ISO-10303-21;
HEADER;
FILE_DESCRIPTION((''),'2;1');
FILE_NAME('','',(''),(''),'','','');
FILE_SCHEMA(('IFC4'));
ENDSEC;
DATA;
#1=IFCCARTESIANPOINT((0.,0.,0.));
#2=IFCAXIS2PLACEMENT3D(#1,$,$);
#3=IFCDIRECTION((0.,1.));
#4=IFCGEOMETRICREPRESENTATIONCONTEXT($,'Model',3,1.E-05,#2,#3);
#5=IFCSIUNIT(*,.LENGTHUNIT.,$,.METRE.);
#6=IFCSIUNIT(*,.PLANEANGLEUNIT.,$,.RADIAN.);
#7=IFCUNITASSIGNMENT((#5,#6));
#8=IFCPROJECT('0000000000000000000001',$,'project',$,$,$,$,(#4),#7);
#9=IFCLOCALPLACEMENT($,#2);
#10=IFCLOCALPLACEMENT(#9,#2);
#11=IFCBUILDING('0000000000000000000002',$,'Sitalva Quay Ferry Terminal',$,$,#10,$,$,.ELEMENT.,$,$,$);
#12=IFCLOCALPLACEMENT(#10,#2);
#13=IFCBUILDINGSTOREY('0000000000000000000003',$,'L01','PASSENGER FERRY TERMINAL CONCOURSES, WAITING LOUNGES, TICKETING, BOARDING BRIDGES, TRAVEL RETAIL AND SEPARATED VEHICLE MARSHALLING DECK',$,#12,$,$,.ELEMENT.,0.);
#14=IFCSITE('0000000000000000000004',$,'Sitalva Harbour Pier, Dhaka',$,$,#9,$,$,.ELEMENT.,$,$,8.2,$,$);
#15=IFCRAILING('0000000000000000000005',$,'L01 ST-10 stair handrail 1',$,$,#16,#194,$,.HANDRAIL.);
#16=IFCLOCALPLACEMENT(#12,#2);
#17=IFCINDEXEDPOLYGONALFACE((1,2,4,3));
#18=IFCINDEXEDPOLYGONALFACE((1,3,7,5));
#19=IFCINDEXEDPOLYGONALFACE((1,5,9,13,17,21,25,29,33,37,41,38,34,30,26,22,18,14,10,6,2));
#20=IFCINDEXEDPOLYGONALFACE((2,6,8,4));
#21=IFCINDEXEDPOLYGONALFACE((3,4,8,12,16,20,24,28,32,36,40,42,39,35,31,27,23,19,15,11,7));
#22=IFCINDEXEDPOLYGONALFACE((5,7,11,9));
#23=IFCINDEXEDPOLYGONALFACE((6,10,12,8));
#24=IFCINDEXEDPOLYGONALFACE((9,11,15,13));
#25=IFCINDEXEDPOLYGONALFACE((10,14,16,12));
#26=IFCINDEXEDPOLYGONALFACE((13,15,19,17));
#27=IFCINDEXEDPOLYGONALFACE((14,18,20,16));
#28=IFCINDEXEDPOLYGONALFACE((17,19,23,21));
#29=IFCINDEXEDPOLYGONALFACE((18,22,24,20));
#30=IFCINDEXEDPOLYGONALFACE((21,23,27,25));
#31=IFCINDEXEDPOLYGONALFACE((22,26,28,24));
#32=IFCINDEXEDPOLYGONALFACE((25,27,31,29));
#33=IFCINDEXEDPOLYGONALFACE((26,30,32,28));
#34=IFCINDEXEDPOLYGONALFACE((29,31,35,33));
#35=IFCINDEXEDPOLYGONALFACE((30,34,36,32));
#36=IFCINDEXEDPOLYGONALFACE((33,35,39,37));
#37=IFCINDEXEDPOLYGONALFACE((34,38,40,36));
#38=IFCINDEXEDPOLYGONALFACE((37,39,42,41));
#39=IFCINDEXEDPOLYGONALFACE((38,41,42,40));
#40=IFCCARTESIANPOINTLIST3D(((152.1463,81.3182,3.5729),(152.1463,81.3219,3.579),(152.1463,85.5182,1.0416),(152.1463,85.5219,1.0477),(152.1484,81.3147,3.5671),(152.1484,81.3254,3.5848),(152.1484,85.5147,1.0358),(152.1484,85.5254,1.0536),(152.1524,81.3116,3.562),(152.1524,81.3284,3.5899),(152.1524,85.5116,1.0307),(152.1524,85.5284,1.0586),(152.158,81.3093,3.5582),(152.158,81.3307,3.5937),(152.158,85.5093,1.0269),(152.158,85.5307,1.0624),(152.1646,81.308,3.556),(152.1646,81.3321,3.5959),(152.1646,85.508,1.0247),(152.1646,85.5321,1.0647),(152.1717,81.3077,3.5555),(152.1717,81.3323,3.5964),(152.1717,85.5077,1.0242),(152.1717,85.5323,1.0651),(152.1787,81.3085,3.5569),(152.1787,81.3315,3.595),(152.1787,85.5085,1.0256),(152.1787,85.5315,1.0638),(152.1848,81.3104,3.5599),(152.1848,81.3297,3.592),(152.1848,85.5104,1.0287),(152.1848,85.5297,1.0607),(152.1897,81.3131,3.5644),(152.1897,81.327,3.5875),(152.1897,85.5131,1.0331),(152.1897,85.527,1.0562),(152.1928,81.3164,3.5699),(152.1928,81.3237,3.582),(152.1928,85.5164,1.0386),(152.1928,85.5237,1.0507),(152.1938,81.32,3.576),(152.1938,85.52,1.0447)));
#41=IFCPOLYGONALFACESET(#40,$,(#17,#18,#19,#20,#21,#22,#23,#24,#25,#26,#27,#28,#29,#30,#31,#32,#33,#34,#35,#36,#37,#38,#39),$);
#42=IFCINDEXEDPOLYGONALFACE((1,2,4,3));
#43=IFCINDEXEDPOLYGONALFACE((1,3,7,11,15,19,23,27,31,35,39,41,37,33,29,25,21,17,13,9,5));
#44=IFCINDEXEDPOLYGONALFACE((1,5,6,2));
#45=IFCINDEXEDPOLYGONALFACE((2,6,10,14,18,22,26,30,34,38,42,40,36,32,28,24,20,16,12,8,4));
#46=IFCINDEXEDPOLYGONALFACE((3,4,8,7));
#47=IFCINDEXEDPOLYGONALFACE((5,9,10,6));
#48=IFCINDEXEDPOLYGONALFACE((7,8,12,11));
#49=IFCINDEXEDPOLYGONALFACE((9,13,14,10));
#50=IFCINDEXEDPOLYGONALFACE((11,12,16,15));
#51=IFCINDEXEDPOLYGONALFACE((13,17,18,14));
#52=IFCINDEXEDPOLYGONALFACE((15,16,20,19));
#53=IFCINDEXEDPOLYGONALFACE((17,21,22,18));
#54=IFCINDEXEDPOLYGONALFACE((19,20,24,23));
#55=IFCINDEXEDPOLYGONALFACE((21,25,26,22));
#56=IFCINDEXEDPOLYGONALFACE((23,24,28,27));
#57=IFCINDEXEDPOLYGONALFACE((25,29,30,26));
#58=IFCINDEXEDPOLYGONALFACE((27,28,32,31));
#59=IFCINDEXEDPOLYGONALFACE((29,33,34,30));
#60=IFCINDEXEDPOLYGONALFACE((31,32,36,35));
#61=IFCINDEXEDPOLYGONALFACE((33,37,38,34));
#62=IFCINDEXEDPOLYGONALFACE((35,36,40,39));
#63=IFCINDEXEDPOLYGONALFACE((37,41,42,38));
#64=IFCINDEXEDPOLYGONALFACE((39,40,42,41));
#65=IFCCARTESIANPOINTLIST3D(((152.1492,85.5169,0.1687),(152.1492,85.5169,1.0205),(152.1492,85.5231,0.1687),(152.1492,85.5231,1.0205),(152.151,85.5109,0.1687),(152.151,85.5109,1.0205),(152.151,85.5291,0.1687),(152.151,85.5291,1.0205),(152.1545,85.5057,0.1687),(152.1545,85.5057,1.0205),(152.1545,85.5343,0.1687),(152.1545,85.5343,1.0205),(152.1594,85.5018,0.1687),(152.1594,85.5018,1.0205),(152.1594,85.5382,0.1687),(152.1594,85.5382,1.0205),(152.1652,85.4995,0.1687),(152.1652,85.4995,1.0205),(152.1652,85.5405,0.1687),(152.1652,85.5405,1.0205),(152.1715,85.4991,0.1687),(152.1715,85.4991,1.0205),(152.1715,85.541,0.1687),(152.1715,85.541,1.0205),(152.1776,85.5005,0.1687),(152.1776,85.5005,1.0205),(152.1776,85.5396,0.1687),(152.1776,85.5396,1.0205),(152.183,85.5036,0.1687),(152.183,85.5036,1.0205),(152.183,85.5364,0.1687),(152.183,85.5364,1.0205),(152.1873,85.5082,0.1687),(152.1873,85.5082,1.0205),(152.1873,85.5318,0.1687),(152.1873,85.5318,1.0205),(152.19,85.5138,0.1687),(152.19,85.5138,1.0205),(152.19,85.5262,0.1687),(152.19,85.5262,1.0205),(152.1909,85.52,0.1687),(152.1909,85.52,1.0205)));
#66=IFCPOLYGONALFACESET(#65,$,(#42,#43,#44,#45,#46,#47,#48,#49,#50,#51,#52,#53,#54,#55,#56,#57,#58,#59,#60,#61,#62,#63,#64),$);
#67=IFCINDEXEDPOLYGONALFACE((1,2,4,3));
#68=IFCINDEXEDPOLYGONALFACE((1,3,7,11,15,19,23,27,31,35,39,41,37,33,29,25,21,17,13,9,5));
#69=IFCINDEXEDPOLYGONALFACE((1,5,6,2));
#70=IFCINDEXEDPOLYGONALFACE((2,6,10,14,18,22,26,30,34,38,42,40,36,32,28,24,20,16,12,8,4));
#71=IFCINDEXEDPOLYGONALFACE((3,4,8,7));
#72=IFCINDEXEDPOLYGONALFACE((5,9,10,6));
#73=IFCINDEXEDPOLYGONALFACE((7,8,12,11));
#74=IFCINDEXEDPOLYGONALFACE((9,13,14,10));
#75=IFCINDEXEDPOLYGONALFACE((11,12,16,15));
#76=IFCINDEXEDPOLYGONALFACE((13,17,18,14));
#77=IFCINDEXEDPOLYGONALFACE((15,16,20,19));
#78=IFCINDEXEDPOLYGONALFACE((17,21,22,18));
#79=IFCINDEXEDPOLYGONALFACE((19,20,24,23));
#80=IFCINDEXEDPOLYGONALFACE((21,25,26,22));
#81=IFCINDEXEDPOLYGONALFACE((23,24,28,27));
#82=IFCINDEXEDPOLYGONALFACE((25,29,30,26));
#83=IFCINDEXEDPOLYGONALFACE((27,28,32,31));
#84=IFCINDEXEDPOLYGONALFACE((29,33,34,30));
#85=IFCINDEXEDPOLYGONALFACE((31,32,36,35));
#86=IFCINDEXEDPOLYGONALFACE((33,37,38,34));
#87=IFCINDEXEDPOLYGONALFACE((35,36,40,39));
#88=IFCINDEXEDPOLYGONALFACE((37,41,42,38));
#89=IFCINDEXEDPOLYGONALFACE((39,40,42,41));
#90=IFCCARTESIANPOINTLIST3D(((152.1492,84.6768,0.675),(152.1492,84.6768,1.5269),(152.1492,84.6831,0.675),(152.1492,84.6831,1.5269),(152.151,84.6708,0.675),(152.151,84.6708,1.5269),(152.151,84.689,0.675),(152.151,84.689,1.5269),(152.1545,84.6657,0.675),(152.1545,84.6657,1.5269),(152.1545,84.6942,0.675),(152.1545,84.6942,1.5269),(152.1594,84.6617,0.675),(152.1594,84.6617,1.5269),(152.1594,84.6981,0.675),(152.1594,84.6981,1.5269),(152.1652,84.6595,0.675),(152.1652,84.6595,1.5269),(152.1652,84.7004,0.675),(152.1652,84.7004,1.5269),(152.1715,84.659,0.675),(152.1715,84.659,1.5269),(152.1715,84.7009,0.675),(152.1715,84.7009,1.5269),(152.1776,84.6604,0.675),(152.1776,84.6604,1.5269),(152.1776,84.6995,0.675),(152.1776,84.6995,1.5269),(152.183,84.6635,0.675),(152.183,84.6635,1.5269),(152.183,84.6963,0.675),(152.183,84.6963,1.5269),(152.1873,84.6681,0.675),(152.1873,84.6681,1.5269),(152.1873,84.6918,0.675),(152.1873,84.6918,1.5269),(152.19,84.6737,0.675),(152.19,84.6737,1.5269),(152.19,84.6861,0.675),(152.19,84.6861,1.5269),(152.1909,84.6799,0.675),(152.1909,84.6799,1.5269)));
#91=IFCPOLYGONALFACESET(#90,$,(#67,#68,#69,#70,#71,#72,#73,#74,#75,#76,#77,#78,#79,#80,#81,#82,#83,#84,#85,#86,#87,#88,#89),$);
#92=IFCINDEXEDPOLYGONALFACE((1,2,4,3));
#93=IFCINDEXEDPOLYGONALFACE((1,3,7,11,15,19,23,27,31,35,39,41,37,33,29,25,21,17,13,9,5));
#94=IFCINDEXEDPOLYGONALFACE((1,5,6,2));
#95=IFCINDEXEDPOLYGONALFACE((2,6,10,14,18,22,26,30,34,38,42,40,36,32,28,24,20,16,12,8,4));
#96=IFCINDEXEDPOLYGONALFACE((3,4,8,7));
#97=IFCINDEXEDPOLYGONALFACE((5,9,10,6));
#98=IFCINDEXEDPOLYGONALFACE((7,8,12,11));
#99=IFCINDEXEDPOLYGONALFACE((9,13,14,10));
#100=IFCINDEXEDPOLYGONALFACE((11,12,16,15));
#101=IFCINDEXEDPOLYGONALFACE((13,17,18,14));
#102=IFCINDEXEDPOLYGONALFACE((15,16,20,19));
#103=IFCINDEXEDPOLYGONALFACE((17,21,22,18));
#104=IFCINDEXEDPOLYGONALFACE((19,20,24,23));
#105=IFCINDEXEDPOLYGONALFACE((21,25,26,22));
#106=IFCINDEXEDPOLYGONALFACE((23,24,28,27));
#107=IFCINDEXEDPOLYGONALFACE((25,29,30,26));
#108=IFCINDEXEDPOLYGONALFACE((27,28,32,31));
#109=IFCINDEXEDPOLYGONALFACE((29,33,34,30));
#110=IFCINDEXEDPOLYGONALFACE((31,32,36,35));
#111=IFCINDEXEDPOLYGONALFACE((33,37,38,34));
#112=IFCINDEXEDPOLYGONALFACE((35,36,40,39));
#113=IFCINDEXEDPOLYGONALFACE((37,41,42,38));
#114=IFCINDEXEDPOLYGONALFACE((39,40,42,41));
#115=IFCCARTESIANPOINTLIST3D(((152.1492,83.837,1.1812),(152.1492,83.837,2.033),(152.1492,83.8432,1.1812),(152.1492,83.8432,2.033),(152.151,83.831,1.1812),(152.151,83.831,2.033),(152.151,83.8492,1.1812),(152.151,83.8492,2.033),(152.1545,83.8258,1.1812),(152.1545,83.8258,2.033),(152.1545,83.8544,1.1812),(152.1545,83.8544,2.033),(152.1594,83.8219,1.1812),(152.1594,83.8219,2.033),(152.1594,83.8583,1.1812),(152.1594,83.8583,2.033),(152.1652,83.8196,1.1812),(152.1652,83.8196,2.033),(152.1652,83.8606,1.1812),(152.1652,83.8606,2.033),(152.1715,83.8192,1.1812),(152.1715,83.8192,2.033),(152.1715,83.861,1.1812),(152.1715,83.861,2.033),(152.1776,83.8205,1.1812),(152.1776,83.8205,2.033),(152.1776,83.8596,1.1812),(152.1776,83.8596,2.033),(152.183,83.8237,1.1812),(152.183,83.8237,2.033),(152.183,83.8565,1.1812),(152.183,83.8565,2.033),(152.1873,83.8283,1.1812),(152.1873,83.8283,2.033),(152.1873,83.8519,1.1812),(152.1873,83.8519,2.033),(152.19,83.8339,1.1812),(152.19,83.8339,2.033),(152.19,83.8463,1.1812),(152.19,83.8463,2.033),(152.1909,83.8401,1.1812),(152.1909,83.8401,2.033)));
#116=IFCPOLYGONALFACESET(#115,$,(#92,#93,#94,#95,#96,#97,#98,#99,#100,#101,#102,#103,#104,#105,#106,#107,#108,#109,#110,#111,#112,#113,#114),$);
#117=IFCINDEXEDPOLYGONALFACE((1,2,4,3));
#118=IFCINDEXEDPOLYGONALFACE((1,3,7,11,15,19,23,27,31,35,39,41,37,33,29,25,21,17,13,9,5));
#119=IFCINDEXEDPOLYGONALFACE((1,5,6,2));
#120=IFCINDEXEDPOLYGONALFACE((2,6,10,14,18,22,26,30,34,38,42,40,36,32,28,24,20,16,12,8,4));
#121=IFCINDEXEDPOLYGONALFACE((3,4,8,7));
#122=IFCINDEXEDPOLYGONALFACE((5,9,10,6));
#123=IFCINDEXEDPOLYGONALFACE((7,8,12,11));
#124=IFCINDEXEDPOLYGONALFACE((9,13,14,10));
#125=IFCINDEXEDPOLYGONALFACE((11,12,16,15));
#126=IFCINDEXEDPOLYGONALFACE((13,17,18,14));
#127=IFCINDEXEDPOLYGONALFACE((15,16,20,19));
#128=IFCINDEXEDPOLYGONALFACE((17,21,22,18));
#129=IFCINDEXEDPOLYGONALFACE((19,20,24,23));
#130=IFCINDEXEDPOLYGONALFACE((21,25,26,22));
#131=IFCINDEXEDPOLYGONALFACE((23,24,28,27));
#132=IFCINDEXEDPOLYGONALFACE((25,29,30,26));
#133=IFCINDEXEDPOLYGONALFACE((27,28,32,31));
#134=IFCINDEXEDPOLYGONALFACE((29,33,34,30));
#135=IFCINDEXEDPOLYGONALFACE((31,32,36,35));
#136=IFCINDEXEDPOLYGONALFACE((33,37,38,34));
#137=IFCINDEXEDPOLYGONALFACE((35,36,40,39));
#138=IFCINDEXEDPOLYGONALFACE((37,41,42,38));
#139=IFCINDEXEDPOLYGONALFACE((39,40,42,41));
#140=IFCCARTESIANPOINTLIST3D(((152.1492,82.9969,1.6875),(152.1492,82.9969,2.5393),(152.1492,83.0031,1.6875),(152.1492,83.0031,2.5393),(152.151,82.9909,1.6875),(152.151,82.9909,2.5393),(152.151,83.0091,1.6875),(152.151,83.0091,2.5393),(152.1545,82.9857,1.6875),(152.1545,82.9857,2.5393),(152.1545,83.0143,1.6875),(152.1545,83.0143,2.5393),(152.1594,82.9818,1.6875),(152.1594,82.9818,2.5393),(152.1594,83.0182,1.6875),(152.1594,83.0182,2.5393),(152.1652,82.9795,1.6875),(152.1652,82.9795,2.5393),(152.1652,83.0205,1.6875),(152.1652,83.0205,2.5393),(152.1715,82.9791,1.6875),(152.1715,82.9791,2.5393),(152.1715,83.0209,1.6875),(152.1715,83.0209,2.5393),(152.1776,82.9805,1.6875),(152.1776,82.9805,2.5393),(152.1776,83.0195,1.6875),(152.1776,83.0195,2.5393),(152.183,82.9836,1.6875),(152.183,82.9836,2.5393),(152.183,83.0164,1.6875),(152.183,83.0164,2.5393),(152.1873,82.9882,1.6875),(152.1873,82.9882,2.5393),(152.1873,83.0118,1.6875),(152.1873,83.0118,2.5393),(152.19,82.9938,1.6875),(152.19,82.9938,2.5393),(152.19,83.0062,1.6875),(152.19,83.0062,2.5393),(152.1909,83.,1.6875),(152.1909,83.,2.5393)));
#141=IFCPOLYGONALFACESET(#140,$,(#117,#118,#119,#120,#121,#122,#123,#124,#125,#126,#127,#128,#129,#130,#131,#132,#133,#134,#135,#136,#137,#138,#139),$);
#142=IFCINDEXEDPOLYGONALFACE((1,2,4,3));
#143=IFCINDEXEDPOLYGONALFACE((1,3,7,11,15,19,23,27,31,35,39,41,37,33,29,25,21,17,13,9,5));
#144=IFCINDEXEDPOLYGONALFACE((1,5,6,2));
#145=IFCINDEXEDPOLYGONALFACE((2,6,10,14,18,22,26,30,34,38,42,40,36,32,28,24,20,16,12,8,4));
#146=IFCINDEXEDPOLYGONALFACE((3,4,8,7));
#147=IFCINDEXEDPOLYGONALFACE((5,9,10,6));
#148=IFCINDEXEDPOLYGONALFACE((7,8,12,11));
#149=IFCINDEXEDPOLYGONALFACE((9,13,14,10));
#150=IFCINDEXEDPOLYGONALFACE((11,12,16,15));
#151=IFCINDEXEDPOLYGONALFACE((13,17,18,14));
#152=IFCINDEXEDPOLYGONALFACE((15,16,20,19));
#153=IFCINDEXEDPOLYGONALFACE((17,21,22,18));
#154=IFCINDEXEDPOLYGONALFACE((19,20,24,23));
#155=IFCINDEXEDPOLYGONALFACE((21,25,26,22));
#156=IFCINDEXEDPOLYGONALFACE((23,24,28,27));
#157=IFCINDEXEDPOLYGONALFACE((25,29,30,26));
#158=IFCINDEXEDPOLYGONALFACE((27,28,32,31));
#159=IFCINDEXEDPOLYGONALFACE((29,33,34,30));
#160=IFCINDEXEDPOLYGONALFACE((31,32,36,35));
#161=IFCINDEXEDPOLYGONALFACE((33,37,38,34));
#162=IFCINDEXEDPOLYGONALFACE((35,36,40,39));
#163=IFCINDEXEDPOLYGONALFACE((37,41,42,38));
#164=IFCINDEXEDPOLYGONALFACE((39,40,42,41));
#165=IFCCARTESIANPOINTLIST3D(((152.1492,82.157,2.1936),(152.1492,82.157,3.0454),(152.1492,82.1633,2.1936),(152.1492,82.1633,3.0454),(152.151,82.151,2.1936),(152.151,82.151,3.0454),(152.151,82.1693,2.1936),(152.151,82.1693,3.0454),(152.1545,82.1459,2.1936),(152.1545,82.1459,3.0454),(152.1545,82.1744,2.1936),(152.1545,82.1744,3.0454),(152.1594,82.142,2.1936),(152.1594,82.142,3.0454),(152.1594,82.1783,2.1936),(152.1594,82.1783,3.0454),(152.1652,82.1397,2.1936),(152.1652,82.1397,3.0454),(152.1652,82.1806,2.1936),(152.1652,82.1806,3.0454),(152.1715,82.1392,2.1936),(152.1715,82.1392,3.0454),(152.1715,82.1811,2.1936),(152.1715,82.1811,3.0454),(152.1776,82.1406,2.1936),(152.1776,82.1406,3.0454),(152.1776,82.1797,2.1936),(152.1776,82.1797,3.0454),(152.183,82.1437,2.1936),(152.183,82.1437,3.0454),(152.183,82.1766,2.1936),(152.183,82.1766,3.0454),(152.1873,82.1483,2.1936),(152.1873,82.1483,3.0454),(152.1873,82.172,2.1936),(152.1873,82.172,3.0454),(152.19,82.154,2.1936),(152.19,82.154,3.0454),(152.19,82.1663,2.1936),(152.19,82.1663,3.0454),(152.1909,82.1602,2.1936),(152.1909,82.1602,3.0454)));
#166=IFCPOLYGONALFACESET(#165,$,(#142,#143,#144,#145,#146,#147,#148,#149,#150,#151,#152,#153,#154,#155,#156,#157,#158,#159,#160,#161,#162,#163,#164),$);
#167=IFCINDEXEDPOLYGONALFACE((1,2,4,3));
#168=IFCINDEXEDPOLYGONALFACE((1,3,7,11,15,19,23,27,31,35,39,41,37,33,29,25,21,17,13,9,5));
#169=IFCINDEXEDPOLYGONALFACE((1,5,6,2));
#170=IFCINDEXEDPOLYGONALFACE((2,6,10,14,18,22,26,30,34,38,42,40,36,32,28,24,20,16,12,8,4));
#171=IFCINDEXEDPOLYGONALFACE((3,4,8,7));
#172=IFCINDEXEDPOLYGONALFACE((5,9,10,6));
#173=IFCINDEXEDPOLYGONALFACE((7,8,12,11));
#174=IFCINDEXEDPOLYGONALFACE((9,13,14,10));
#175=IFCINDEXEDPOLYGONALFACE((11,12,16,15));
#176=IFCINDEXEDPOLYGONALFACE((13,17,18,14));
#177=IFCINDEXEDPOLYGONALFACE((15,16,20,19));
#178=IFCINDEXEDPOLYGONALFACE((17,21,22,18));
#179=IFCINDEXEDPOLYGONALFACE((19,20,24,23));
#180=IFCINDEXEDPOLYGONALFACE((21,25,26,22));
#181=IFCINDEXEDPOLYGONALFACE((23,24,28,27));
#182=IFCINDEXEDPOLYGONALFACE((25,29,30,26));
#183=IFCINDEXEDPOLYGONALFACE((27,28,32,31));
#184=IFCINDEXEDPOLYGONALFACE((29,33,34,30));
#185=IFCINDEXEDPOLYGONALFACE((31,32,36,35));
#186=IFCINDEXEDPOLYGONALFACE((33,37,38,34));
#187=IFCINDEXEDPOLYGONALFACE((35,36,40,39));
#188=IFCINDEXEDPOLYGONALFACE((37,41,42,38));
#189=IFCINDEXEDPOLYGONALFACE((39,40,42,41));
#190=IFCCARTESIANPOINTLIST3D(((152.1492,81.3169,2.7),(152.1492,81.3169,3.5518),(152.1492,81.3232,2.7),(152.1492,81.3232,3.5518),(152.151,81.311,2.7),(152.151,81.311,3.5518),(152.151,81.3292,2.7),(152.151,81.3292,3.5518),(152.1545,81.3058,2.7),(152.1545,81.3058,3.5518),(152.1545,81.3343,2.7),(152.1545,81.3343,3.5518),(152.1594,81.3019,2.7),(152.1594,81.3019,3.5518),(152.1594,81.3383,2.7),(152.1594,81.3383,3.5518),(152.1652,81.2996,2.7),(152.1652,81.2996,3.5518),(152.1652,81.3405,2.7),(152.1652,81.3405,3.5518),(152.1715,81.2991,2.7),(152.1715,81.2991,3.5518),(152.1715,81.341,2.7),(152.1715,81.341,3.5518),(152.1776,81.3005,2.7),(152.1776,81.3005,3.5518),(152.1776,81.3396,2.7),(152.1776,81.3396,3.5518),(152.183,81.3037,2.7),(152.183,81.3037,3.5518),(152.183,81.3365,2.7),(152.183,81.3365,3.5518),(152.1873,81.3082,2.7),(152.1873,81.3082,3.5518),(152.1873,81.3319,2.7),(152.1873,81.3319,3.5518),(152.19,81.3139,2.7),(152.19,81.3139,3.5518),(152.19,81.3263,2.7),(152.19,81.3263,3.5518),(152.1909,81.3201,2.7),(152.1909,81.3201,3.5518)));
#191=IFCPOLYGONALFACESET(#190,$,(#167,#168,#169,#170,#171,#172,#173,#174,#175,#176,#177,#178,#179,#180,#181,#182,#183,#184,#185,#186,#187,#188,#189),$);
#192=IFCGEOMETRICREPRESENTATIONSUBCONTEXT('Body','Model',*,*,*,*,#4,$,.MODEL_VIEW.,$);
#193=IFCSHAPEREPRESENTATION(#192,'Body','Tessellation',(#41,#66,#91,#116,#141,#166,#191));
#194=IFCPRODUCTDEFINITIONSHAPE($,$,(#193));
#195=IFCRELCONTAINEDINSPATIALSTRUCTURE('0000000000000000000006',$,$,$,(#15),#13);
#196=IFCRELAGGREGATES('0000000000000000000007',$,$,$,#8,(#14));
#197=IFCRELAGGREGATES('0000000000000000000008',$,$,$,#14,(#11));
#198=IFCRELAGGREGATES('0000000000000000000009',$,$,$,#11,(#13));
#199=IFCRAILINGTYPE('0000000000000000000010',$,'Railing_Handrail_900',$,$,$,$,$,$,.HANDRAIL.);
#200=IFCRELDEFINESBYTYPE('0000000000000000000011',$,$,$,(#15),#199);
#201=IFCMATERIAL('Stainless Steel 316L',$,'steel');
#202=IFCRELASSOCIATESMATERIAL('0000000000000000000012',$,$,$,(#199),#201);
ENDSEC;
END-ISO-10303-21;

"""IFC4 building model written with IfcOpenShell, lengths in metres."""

from ifc_helpers import new_model, si_unit, direction, frame, origin, origin_2d, place, context, subcontext, project, spatial, circle, extrude, material, type_object, element, save


model = new_model("IFC4")

# Units and contexts
model_context = context("Model", 3, precision=1e-05, world=origin(), true_north=direction((0.0, 1.0)))
body_context = subcontext(model_context, "Body", "Model", "MODEL_VIEW")
ifc_project = project(units=[si_unit("LENGTHUNIT", "METRE"), si_unit("PLANEANGLEUNIT", "RADIAN")], contexts=[model_context])

# Site, building, storey
site_placement = place(None, origin())
site = spatial("IfcSite", under=ifc_project, at=site_placement, Name="Sitalva Harbour Pier, Dhaka", CompositionType="ELEMENT", RefElevation=8.2)
building_placement = place(site_placement, origin())
building = spatial("IfcBuilding", under=site, at=building_placement, Name="Sitalva Quay Ferry Terminal", CompositionType="ELEMENT")
storey_placement = place(building_placement, origin())
storey = spatial("IfcBuildingStorey", under=building, at=storey_placement, Name="L01", Description="PASSENGER FERRY TERMINAL CONCOURSES, WAITING LOUNGES, TICKETING, BOARDING BRIDGES, TRAVEL RETAIL AND SEPARATED VEHICLE MARSHALLING DECK", CompositionType="ELEMENT", Elevation=0.0)

# Railing
ifc_material_1 = material(Name="Stainless Steel 316L", Category="steel")
railing_type_1 = type_object("IfcRailingType", Name="Railing_Handrail_900", PredefinedType="HANDRAIL", material=ifc_material_1)
railing_1_placement = place(storey_placement, frame((152.1699, 85.52, 0.1687)))
element("IfcRailing", 1, at=railing_1_placement, inside=storey, type_object=railing_type_1, Name="L01 ST-10 stair handrail 1", PredefinedType="HANDRAIL", context=body_context, shape_type="SweptSolid", body=[
    extrude(circle(Radius=0.0239, at=origin_2d()), frame((0.0, 0.0, 0.876), z_axis=(0.0, -0.856476, 0.516186), x_axis=(1.0, 0.0, 0.0)), (0.0, 0.0, 1.0), 4.9038),
    extrude(circle(Radius=0.021, at=origin_2d()), origin(), (0.0, 0.0, 1.0), 0.8518),
    extrude(circle(Radius=0.021, at=origin_2d()), frame((0.0, -0.8401, 0.5063)), (0.0, 0.0, 1.0), 0.8518),
    extrude(circle(Radius=0.021, at=origin_2d()), frame((0.0, -1.6799, 1.0125)), (0.0, 0.0, 1.0), 0.8518),
    extrude(circle(Radius=0.021, at=origin_2d()), frame((0.0, -2.52, 1.5188)), (0.0, 0.0, 1.0), 0.8518),
    extrude(circle(Radius=0.021, at=origin_2d()), frame((0.0, -3.3599, 2.0249)), (0.0, 0.0, 1.0), 0.8518),
    extrude(circle(Radius=0.021, at=origin_2d()), frame((0.0, -4.2, 2.5312)), (0.0, 0.0, 1.0), 0.8518),
])

save(model, "model.ifc")
